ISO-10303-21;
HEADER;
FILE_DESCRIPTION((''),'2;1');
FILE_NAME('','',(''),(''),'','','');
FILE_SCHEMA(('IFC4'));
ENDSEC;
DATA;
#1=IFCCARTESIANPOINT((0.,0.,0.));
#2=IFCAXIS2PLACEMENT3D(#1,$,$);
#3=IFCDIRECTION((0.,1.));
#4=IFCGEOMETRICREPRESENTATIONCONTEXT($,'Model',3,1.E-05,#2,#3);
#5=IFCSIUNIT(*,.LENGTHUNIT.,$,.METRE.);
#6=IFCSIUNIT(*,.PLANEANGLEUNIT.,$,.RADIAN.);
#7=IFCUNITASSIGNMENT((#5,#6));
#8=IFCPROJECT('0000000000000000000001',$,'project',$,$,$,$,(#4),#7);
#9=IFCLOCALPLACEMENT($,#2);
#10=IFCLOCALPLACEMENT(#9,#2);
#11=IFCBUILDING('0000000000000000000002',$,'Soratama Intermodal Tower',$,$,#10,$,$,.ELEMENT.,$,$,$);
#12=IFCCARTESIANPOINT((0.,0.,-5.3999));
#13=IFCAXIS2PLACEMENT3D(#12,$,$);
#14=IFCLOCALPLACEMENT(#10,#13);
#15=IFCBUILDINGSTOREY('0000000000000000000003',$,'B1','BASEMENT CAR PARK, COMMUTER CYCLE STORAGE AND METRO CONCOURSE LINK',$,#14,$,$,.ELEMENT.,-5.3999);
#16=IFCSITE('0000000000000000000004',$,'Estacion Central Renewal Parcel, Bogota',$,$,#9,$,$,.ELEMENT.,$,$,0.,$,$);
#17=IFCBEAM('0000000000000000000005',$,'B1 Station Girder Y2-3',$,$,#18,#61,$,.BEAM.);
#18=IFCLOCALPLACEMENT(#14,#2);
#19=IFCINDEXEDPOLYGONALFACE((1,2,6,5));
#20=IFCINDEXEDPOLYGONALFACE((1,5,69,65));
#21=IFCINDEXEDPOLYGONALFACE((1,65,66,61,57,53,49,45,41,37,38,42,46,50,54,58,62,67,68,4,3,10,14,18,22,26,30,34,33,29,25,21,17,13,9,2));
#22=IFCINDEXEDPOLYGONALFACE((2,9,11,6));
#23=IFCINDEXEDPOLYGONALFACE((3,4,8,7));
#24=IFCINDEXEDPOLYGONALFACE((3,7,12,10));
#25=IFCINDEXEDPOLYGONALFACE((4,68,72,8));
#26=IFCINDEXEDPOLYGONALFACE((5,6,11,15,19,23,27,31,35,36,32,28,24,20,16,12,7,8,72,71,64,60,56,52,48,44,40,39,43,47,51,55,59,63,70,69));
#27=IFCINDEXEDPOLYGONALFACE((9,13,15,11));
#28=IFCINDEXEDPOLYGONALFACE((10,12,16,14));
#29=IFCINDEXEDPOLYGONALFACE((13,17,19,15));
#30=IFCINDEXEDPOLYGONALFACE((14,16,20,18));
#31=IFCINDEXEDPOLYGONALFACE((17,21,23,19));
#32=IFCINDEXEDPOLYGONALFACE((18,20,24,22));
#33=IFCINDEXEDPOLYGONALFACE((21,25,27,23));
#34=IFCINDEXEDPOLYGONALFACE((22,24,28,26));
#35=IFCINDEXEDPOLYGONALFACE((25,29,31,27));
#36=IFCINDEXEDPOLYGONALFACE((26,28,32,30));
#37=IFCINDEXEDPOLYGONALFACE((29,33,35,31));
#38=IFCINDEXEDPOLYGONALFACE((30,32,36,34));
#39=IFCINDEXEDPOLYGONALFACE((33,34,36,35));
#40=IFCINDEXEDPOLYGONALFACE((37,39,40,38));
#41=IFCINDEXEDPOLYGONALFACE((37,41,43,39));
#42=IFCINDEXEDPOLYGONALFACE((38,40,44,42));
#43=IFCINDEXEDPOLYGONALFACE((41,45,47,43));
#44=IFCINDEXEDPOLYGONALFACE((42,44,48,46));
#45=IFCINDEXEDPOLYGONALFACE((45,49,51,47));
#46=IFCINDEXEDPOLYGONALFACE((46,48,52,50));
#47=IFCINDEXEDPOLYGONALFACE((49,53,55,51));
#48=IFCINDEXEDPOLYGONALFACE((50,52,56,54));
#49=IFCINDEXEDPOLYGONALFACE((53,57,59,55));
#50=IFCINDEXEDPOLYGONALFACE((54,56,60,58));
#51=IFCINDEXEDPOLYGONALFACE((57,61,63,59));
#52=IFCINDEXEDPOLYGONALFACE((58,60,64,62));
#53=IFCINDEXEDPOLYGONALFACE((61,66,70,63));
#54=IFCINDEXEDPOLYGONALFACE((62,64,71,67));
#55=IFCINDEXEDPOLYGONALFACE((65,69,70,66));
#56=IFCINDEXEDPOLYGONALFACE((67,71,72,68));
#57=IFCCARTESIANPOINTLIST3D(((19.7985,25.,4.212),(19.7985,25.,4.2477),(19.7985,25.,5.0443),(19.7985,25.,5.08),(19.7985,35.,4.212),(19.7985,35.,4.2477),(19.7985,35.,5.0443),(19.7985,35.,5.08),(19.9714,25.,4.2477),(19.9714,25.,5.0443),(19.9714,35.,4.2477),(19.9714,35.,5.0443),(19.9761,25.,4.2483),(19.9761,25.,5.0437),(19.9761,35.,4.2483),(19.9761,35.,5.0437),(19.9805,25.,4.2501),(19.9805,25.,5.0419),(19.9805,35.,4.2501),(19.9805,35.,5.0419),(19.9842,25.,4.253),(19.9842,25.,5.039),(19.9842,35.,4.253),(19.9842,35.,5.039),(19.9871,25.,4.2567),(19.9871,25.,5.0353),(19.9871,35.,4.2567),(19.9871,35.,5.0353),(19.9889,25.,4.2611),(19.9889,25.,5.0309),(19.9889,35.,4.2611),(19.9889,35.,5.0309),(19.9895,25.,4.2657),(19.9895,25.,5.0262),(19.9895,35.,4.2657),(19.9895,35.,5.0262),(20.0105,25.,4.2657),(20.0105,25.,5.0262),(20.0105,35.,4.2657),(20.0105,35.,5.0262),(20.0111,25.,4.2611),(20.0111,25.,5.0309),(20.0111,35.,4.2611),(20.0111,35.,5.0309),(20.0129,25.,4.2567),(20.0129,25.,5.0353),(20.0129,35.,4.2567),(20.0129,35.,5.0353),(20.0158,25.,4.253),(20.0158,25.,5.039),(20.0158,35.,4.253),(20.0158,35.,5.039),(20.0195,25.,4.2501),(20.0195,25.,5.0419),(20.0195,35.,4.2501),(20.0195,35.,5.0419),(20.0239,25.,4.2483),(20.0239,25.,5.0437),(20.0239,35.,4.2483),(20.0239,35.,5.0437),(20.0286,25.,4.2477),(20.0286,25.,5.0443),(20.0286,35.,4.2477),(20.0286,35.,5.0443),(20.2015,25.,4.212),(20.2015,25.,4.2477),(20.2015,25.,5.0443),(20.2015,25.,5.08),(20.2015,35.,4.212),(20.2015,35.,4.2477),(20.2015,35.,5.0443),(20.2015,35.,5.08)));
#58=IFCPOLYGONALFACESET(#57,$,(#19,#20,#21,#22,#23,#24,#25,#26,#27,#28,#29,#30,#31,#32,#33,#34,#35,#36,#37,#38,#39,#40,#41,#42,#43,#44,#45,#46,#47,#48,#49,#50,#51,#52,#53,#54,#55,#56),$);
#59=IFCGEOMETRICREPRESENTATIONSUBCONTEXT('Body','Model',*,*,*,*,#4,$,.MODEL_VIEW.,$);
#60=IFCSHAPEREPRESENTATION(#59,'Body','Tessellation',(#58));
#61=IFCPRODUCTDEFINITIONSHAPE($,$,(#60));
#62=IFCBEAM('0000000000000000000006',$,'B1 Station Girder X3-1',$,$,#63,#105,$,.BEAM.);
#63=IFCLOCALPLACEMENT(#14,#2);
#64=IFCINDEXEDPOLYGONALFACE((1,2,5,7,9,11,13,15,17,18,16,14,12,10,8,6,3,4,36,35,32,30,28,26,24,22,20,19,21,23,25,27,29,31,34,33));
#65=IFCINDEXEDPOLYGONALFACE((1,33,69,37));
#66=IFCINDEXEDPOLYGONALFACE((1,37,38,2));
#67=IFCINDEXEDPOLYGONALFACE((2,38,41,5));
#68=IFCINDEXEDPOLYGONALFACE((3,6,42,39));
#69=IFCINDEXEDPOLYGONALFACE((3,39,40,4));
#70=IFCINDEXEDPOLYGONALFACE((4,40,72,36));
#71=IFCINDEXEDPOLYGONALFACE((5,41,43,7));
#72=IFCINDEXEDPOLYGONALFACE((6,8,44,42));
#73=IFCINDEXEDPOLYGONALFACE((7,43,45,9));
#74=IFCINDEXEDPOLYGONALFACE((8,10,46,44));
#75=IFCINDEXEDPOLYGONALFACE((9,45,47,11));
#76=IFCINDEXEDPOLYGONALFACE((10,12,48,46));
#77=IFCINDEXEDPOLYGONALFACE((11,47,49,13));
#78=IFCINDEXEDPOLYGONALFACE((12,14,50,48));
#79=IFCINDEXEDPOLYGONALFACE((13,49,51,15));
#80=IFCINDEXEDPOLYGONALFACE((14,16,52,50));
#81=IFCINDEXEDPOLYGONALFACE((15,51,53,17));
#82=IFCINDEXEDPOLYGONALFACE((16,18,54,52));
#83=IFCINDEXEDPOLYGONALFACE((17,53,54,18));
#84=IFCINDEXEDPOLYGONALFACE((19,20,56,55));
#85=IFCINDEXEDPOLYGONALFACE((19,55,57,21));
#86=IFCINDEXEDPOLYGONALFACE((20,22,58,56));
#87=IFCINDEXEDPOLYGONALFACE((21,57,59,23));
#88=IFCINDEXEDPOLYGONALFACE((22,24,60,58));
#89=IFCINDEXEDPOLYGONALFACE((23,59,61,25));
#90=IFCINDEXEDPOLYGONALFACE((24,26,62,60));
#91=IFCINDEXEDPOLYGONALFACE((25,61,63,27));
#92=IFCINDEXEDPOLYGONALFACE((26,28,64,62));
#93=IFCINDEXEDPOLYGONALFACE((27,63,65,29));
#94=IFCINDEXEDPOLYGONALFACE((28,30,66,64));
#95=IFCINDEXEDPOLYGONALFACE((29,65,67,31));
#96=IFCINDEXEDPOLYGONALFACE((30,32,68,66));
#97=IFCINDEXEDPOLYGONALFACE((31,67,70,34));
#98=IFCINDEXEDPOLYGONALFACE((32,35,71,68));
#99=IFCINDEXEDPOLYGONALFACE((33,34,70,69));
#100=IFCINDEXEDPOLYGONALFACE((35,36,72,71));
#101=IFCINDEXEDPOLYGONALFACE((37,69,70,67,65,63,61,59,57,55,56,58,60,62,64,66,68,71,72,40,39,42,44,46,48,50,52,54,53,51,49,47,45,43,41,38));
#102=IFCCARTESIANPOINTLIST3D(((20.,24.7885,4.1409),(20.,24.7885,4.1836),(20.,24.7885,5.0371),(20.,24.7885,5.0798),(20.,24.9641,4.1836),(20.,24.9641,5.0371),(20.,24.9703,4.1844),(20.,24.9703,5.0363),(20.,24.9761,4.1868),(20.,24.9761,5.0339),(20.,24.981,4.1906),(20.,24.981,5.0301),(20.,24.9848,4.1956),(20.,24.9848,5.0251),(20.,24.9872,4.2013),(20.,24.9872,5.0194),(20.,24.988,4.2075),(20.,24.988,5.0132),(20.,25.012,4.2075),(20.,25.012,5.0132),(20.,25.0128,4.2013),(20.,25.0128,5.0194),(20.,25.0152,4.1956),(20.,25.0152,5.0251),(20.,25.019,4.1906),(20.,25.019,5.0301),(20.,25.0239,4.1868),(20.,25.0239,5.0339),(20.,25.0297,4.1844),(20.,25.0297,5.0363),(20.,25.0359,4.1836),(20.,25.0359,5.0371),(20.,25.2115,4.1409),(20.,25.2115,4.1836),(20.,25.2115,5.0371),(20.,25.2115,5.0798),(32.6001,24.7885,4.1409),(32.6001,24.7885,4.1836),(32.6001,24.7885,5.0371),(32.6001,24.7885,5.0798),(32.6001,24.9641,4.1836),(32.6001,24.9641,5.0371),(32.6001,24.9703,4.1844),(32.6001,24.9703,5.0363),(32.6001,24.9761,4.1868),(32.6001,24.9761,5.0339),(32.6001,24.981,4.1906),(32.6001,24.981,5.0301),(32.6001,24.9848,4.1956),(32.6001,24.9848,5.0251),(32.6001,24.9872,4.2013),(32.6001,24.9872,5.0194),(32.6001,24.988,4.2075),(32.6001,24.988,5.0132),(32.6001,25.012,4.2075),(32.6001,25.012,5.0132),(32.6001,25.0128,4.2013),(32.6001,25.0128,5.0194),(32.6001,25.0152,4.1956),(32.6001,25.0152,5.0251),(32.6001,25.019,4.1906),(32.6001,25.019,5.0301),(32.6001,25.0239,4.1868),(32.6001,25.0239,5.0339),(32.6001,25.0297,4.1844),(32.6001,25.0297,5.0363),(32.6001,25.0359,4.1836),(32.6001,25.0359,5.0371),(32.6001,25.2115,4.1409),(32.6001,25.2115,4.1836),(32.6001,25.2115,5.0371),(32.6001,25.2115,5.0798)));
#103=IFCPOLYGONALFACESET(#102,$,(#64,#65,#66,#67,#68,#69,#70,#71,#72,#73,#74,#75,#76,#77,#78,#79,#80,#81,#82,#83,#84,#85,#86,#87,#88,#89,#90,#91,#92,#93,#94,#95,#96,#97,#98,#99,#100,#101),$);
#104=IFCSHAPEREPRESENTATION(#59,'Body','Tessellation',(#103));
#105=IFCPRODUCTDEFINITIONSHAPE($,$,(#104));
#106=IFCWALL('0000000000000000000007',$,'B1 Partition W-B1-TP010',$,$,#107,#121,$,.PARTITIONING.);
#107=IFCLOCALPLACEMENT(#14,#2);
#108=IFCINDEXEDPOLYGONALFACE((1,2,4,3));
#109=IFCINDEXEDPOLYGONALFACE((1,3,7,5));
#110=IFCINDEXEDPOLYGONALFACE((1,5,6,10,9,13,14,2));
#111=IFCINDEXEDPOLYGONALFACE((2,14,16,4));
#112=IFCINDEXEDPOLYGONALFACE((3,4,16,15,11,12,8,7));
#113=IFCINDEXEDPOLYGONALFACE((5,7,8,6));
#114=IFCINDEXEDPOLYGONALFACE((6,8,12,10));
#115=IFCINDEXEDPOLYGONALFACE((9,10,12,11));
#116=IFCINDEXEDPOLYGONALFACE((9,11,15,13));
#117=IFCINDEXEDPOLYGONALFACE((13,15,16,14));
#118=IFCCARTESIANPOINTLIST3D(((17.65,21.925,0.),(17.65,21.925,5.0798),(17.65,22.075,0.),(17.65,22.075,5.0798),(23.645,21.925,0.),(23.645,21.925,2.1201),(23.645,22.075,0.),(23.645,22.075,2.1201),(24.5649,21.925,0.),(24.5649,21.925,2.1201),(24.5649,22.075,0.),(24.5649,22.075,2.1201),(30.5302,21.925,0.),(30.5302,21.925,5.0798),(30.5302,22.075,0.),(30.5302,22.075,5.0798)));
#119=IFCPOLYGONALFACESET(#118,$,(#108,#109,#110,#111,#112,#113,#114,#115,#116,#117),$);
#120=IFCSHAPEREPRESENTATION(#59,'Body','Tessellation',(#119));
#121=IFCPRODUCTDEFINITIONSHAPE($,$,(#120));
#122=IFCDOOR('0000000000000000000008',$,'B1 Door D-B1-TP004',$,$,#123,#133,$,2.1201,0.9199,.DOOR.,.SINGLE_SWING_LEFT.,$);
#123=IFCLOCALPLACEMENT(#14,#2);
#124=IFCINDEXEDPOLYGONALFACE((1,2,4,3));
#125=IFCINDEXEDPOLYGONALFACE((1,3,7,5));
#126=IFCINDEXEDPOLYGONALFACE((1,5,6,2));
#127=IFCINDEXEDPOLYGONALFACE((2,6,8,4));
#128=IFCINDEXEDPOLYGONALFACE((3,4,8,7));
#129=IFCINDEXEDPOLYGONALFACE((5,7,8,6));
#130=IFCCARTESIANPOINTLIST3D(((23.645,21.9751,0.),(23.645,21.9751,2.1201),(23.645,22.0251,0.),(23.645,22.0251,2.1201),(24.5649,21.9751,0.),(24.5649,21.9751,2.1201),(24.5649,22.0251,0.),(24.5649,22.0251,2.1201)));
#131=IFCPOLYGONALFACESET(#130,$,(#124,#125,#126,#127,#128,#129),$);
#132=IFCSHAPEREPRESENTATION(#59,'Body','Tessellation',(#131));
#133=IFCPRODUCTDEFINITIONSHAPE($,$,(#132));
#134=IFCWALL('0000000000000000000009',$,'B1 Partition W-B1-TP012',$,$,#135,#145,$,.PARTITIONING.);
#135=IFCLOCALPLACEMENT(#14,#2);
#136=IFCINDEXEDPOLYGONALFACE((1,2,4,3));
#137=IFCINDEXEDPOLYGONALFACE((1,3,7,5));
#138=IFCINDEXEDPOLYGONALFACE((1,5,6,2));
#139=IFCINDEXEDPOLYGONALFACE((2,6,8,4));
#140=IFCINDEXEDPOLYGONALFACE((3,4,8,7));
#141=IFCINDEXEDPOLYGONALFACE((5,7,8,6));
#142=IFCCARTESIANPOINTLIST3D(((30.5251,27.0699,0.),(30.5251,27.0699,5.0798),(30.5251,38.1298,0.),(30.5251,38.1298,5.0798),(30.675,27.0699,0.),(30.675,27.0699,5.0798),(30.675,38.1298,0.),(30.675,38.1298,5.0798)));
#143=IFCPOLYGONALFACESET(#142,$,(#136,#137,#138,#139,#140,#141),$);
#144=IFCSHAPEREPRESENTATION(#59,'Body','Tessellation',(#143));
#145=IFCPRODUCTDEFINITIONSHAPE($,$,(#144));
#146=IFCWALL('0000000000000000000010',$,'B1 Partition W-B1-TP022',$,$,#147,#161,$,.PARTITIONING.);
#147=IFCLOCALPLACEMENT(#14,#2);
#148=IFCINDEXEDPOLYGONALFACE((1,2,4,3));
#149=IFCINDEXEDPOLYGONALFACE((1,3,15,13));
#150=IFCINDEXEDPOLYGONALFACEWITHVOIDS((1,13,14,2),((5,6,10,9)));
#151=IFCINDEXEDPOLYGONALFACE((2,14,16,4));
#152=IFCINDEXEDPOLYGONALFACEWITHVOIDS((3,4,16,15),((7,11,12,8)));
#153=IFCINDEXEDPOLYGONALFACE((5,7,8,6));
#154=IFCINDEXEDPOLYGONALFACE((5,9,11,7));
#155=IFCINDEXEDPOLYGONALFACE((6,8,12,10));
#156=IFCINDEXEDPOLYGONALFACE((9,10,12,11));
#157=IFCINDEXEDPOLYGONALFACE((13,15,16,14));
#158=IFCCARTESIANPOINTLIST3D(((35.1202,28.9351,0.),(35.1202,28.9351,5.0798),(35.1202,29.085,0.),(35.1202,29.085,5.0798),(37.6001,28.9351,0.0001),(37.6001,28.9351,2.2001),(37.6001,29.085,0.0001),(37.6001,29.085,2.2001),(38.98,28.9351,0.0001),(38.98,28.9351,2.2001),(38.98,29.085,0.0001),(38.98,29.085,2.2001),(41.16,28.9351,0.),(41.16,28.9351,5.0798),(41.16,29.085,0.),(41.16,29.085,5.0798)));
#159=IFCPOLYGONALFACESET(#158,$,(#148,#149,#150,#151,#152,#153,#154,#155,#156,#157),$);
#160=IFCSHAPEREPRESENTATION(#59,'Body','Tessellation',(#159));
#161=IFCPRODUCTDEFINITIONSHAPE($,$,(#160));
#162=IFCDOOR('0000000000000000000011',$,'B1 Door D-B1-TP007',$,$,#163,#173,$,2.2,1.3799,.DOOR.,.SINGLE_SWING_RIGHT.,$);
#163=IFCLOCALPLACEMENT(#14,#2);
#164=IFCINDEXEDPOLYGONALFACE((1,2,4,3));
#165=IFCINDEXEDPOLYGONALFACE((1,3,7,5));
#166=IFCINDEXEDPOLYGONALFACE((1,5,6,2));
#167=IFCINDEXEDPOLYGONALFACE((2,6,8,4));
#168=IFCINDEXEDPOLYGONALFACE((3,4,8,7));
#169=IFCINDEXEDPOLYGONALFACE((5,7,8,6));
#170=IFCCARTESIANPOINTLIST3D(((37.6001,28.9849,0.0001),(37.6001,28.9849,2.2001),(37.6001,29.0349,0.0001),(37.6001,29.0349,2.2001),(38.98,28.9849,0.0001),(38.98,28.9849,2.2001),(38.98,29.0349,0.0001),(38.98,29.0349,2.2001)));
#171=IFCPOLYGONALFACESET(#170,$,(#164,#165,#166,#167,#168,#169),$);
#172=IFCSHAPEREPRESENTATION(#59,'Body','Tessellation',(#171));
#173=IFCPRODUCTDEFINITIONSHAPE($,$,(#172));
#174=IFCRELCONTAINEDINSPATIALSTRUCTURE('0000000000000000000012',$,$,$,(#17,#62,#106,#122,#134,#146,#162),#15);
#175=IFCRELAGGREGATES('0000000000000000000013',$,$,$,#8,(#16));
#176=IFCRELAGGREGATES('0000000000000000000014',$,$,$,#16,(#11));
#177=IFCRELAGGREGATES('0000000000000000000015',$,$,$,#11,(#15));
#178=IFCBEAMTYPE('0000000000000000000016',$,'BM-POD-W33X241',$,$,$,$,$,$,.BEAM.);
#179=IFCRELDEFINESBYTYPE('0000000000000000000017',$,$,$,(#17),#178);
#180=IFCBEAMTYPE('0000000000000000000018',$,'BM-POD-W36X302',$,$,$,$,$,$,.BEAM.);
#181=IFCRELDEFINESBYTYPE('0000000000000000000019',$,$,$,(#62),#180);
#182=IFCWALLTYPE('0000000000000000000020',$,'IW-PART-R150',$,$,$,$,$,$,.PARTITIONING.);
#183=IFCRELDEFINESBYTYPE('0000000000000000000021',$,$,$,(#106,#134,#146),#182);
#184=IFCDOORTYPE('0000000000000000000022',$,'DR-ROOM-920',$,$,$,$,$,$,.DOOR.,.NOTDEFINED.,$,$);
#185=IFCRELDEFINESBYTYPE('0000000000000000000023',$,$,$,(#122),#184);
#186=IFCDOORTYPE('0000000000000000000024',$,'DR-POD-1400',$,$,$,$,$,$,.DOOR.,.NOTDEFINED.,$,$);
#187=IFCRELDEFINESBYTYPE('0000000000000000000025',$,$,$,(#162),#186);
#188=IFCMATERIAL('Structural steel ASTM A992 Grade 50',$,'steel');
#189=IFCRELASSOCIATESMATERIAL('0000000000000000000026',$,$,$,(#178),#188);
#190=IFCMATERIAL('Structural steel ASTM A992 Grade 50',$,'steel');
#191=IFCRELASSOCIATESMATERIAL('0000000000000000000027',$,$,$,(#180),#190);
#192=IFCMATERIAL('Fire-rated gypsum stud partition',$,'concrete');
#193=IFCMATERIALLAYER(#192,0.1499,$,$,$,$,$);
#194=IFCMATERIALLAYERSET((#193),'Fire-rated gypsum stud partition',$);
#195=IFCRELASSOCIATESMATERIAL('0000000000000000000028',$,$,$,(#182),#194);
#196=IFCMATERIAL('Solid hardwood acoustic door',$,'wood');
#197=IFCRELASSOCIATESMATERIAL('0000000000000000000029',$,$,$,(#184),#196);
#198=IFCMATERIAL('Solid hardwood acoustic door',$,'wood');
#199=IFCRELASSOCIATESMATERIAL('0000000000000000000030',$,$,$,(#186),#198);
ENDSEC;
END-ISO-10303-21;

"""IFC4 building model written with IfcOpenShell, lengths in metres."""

from ifc_helpers import new_model, si_unit, direction, frame, frame_2d, origin, origin_2d, place, context, subcontext, project, spatial, rectangle, i_section, extrude, material, layer, layer_set, material_profile, profile_set, type_object, element, fill, save


model = new_model("IFC4")

# Units and contexts
model_context = context("Model", 3, precision=1e-05, world=origin(), true_north=direction((0.0, 1.0)))
body_context = subcontext(model_context, "Body", "Model", "MODEL_VIEW")
ifc_project = project(units=[si_unit("LENGTHUNIT", "METRE"), si_unit("PLANEANGLEUNIT", "RADIAN")], contexts=[model_context])

# Site, building, storey
site_placement = place(None, origin())
site = spatial("IfcSite", under=ifc_project, at=site_placement, Name="Estacion Central Renewal Parcel, Bogota", CompositionType="ELEMENT", RefElevation=0.0)
building_placement = place(site_placement, origin())
building = spatial("IfcBuilding", under=site, at=building_placement, Name="Soratama Intermodal Tower", CompositionType="ELEMENT")
storey_placement = place(building_placement, frame((0.0, 0.0, -5.3999)))
storey = spatial("IfcBuildingStorey", under=building, at=storey_placement, Name="B1", Description="BASEMENT CAR PARK, COMMUTER CYCLE STORAGE AND METRO CONCOURSE LINK", CompositionType="ELEMENT", Elevation=-5.3999)

# Beams
ifc_material_1 = material(Name="Structural steel ASTM A992 Grade 50", Category="steel")
ifc_material_profile_1 = material_profile(ifc_material_1, i_section(OverallWidth=0.4031, OverallDepth=0.8679, WebThickness=0.021, FlangeThickness=0.0356, FilletRadius=0.0181, at=origin_2d()), Name="W33X241")
ifc_profile_set_1 = profile_set([ifc_material_profile_1], Name="Structural steel ASTM A992 Grade 50")
beam_type_1 = type_object("IfcBeamType", Name="BM-POD-W33X241", PredefinedType="BEAM", material=ifc_profile_set_1)
beam_1_placement = place(storey_placement, frame((20.0, 25.0, 4.646), z_axis=(0.0, 1.0, 0.0), x_axis=(-1.0, 0.0, 0.0)))
element("IfcBeam", 1, at=beam_1_placement, inside=storey, type_object=beam_type_1, Name="B1 Station Girder Y2-3", PredefinedType="BEAM", context=body_context, shape_type="SweptSolid", body=[
    extrude(i_section(OverallWidth=0.4031, OverallDepth=0.8679, WebThickness=0.021, FlangeThickness=0.0356, FilletRadius=0.0181, at=origin_2d()), origin(), (0.0, 0.0, 1.0), 10.0),
])
ifc_material_2 = material(Name="Structural steel ASTM A992 Grade 50", Category="steel")
ifc_material_profile_2 = material_profile(ifc_material_2, i_section(OverallWidth=0.4231, OverallDepth=0.939, WebThickness=0.0239, FlangeThickness=0.0427, FilletRadius=0.0239, at=origin_2d()), Name="W36X302")
ifc_profile_set_2 = profile_set([ifc_material_profile_2], Name="Structural steel ASTM A992 Grade 50")
beam_type_2 = type_object("IfcBeamType", Name="BM-POD-W36X302", PredefinedType="BEAM", material=ifc_profile_set_2)
beam_2_placement = place(storey_placement, frame((20.0, 25.0, 4.6104), z_axis=(1.0, 0.0, 0.0), x_axis=(0.0, 1.0, 0.0)))
element("IfcBeam", 2, at=beam_2_placement, inside=storey, type_object=beam_type_2, Name="B1 Station Girder X3-1", PredefinedType="BEAM", context=body_context, shape_type="SweptSolid", body=[
    extrude(i_section(OverallWidth=0.4231, OverallDepth=0.939, WebThickness=0.0239, FlangeThickness=0.0427, FilletRadius=0.0239, at=origin_2d()), origin(), (0.0, 0.0, 1.0), 12.6001),
])

# Wall, opening, door
ifc_material_3 = material(Name="Fire-rated gypsum stud partition", Category="concrete")
ifc_layer_1 = layer(ifc_material_3, 0.1499)
ifc_layer_set_1 = layer_set([ifc_layer_1], Name="Fire-rated gypsum stud partition")
wall_type_1 = type_object("IfcWallType", Name="IW-PART-R150", PredefinedType="PARTITIONING", material=ifc_layer_set_1)
wall_1_placement = place(storey_placement, frame((30.53, 22.0, 0.0), z_axis=(0.0, 0.0, 1.0), x_axis=(-1.0, 0.0, 0.0)))
wall_1 = element("IfcWall", 3, at=wall_1_placement, inside=storey, type_object=wall_type_1, Name="B1 Partition W-B1-TP010", PredefinedType="PARTITIONING", context=body_context, shape_type="SweptSolid", body=[
    extrude(rectangle(XDim=12.8801, YDim=0.1499, at=frame_2d((6.4399, 0.0))), origin(), (0.0, 0.0, 1.0), 5.0798),
])
opening_1_placement = place(wall_1_placement, frame((5.9651, 0.0, 0.0)))
opening_1 = element("IfcOpeningElement", 4, at=opening_1_placement, cuts=wall_1, PredefinedType="OPENING", context=body_context, shape_type="SweptSolid", body=[
    extrude(rectangle(XDim=0.9199, YDim=2.1201, at=frame_2d((0.46, 1.0601))), frame((0.0, 0.085, 0.0), z_axis=(0.0, -1.0, 0.0), x_axis=(1.0, 0.0, 0.0)), (0.0, 0.0, 1.0), 0.1699),
])
ifc_material_4 = material(Name="Solid hardwood acoustic door", Category="wood")
door_type_1 = type_object("IfcDoorType", Name="DR-ROOM-920", OperationType="NOTDEFINED", PredefinedType="DOOR", material=ifc_material_4)
door_1_placement = place(opening_1_placement, origin())
door_1 = element("IfcDoor", 5, at=door_1_placement, inside=storey, type_object=door_type_1, Name="B1 Door D-B1-TP004", OperationType="SINGLE_SWING_LEFT", OverallHeight=2.1201, OverallWidth=0.9199, PredefinedType="DOOR", context=body_context, shape_type="SweptSolid", body=[
    extrude(rectangle(XDim=0.9199, YDim=2.1201, at=frame_2d((0.46, 1.0601))), frame((0.0, 0.0249, 0.0), z_axis=(0.0, -1.0, 0.0), x_axis=(1.0, 0.0, 0.0)), (0.0, 0.0, 1.0), 0.05),
])
fill(opening_1, door_1)

# Wall
wall_2_placement = place(storey_placement, frame((30.6001, 27.0701, 0.0), z_axis=(0.0, 0.0, 1.0), x_axis=(0.0, 1.0, 0.0)))
element("IfcWall", 6, at=wall_2_placement, inside=storey, type_object=wall_type_1, Name="B1 Partition W-B1-TP012", PredefinedType="PARTITIONING", context=body_context, shape_type="SweptSolid", body=[
    extrude(rectangle(XDim=11.0598, YDim=0.1499, at=frame_2d((5.5298, 0.0))), origin(), (0.0, 0.0, 1.0), 5.0798),
])

# Wall, opening, door
wall_3_placement = place(storey_placement, frame((35.1201, 29.01, 0.0), z_axis=(0.0, 0.0, 1.0), x_axis=(1.0, 0.0, 0.0)))
wall_3 = element("IfcWall", 7, at=wall_3_placement, inside=storey, type_object=wall_type_1, Name="B1 Partition W-B1-TP022", PredefinedType="PARTITIONING", context=body_context, shape_type="SweptSolid", body=[
    extrude(rectangle(XDim=6.0398, YDim=0.1499, at=frame_2d((3.02, 0.0))), origin(), (0.0, 0.0, 1.0), 5.0798),
])
opening_2_placement = place(wall_3_placement, frame((2.48, 0.0, 0.0)))
opening_2 = element("IfcOpeningElement", 8, at=opening_2_placement, cuts=wall_3, PredefinedType="OPENING", context=body_context, shape_type="SweptSolid", body=[
    extrude(rectangle(XDim=1.3799, YDim=2.2, at=frame_2d((0.6899, 1.1001))), frame((0.0, 0.085, 0.0), z_axis=(0.0, -1.0, 0.0), x_axis=(1.0, 0.0, 0.0)), (0.0, 0.0, 1.0), 0.1699),
])
ifc_material_5 = material(Name="Solid hardwood acoustic door", Category="wood")
door_type_2 = type_object("IfcDoorType", Name="DR-POD-1400", OperationType="NOTDEFINED", PredefinedType="DOOR", material=ifc_material_5)
door_2_placement = place(opening_2_placement, origin())
door_2 = element("IfcDoor", 9, at=door_2_placement, inside=storey, type_object=door_type_2, Name="B1 Door D-B1-TP007", OperationType="SINGLE_SWING_RIGHT", OverallHeight=2.2, OverallWidth=1.3799, PredefinedType="DOOR", context=body_context, shape_type="SweptSolid", body=[
    extrude(rectangle(XDim=1.3799, YDim=2.2, at=frame_2d((0.6899, 1.1001))), frame((0.0, 0.0249, 0.0), z_axis=(0.0, -1.0, 0.0), x_axis=(1.0, 0.0, 0.0)), (0.0, 0.0, 1.0), 0.05),
])
fill(opening_2, door_2)

save(model, "model.ifc")
